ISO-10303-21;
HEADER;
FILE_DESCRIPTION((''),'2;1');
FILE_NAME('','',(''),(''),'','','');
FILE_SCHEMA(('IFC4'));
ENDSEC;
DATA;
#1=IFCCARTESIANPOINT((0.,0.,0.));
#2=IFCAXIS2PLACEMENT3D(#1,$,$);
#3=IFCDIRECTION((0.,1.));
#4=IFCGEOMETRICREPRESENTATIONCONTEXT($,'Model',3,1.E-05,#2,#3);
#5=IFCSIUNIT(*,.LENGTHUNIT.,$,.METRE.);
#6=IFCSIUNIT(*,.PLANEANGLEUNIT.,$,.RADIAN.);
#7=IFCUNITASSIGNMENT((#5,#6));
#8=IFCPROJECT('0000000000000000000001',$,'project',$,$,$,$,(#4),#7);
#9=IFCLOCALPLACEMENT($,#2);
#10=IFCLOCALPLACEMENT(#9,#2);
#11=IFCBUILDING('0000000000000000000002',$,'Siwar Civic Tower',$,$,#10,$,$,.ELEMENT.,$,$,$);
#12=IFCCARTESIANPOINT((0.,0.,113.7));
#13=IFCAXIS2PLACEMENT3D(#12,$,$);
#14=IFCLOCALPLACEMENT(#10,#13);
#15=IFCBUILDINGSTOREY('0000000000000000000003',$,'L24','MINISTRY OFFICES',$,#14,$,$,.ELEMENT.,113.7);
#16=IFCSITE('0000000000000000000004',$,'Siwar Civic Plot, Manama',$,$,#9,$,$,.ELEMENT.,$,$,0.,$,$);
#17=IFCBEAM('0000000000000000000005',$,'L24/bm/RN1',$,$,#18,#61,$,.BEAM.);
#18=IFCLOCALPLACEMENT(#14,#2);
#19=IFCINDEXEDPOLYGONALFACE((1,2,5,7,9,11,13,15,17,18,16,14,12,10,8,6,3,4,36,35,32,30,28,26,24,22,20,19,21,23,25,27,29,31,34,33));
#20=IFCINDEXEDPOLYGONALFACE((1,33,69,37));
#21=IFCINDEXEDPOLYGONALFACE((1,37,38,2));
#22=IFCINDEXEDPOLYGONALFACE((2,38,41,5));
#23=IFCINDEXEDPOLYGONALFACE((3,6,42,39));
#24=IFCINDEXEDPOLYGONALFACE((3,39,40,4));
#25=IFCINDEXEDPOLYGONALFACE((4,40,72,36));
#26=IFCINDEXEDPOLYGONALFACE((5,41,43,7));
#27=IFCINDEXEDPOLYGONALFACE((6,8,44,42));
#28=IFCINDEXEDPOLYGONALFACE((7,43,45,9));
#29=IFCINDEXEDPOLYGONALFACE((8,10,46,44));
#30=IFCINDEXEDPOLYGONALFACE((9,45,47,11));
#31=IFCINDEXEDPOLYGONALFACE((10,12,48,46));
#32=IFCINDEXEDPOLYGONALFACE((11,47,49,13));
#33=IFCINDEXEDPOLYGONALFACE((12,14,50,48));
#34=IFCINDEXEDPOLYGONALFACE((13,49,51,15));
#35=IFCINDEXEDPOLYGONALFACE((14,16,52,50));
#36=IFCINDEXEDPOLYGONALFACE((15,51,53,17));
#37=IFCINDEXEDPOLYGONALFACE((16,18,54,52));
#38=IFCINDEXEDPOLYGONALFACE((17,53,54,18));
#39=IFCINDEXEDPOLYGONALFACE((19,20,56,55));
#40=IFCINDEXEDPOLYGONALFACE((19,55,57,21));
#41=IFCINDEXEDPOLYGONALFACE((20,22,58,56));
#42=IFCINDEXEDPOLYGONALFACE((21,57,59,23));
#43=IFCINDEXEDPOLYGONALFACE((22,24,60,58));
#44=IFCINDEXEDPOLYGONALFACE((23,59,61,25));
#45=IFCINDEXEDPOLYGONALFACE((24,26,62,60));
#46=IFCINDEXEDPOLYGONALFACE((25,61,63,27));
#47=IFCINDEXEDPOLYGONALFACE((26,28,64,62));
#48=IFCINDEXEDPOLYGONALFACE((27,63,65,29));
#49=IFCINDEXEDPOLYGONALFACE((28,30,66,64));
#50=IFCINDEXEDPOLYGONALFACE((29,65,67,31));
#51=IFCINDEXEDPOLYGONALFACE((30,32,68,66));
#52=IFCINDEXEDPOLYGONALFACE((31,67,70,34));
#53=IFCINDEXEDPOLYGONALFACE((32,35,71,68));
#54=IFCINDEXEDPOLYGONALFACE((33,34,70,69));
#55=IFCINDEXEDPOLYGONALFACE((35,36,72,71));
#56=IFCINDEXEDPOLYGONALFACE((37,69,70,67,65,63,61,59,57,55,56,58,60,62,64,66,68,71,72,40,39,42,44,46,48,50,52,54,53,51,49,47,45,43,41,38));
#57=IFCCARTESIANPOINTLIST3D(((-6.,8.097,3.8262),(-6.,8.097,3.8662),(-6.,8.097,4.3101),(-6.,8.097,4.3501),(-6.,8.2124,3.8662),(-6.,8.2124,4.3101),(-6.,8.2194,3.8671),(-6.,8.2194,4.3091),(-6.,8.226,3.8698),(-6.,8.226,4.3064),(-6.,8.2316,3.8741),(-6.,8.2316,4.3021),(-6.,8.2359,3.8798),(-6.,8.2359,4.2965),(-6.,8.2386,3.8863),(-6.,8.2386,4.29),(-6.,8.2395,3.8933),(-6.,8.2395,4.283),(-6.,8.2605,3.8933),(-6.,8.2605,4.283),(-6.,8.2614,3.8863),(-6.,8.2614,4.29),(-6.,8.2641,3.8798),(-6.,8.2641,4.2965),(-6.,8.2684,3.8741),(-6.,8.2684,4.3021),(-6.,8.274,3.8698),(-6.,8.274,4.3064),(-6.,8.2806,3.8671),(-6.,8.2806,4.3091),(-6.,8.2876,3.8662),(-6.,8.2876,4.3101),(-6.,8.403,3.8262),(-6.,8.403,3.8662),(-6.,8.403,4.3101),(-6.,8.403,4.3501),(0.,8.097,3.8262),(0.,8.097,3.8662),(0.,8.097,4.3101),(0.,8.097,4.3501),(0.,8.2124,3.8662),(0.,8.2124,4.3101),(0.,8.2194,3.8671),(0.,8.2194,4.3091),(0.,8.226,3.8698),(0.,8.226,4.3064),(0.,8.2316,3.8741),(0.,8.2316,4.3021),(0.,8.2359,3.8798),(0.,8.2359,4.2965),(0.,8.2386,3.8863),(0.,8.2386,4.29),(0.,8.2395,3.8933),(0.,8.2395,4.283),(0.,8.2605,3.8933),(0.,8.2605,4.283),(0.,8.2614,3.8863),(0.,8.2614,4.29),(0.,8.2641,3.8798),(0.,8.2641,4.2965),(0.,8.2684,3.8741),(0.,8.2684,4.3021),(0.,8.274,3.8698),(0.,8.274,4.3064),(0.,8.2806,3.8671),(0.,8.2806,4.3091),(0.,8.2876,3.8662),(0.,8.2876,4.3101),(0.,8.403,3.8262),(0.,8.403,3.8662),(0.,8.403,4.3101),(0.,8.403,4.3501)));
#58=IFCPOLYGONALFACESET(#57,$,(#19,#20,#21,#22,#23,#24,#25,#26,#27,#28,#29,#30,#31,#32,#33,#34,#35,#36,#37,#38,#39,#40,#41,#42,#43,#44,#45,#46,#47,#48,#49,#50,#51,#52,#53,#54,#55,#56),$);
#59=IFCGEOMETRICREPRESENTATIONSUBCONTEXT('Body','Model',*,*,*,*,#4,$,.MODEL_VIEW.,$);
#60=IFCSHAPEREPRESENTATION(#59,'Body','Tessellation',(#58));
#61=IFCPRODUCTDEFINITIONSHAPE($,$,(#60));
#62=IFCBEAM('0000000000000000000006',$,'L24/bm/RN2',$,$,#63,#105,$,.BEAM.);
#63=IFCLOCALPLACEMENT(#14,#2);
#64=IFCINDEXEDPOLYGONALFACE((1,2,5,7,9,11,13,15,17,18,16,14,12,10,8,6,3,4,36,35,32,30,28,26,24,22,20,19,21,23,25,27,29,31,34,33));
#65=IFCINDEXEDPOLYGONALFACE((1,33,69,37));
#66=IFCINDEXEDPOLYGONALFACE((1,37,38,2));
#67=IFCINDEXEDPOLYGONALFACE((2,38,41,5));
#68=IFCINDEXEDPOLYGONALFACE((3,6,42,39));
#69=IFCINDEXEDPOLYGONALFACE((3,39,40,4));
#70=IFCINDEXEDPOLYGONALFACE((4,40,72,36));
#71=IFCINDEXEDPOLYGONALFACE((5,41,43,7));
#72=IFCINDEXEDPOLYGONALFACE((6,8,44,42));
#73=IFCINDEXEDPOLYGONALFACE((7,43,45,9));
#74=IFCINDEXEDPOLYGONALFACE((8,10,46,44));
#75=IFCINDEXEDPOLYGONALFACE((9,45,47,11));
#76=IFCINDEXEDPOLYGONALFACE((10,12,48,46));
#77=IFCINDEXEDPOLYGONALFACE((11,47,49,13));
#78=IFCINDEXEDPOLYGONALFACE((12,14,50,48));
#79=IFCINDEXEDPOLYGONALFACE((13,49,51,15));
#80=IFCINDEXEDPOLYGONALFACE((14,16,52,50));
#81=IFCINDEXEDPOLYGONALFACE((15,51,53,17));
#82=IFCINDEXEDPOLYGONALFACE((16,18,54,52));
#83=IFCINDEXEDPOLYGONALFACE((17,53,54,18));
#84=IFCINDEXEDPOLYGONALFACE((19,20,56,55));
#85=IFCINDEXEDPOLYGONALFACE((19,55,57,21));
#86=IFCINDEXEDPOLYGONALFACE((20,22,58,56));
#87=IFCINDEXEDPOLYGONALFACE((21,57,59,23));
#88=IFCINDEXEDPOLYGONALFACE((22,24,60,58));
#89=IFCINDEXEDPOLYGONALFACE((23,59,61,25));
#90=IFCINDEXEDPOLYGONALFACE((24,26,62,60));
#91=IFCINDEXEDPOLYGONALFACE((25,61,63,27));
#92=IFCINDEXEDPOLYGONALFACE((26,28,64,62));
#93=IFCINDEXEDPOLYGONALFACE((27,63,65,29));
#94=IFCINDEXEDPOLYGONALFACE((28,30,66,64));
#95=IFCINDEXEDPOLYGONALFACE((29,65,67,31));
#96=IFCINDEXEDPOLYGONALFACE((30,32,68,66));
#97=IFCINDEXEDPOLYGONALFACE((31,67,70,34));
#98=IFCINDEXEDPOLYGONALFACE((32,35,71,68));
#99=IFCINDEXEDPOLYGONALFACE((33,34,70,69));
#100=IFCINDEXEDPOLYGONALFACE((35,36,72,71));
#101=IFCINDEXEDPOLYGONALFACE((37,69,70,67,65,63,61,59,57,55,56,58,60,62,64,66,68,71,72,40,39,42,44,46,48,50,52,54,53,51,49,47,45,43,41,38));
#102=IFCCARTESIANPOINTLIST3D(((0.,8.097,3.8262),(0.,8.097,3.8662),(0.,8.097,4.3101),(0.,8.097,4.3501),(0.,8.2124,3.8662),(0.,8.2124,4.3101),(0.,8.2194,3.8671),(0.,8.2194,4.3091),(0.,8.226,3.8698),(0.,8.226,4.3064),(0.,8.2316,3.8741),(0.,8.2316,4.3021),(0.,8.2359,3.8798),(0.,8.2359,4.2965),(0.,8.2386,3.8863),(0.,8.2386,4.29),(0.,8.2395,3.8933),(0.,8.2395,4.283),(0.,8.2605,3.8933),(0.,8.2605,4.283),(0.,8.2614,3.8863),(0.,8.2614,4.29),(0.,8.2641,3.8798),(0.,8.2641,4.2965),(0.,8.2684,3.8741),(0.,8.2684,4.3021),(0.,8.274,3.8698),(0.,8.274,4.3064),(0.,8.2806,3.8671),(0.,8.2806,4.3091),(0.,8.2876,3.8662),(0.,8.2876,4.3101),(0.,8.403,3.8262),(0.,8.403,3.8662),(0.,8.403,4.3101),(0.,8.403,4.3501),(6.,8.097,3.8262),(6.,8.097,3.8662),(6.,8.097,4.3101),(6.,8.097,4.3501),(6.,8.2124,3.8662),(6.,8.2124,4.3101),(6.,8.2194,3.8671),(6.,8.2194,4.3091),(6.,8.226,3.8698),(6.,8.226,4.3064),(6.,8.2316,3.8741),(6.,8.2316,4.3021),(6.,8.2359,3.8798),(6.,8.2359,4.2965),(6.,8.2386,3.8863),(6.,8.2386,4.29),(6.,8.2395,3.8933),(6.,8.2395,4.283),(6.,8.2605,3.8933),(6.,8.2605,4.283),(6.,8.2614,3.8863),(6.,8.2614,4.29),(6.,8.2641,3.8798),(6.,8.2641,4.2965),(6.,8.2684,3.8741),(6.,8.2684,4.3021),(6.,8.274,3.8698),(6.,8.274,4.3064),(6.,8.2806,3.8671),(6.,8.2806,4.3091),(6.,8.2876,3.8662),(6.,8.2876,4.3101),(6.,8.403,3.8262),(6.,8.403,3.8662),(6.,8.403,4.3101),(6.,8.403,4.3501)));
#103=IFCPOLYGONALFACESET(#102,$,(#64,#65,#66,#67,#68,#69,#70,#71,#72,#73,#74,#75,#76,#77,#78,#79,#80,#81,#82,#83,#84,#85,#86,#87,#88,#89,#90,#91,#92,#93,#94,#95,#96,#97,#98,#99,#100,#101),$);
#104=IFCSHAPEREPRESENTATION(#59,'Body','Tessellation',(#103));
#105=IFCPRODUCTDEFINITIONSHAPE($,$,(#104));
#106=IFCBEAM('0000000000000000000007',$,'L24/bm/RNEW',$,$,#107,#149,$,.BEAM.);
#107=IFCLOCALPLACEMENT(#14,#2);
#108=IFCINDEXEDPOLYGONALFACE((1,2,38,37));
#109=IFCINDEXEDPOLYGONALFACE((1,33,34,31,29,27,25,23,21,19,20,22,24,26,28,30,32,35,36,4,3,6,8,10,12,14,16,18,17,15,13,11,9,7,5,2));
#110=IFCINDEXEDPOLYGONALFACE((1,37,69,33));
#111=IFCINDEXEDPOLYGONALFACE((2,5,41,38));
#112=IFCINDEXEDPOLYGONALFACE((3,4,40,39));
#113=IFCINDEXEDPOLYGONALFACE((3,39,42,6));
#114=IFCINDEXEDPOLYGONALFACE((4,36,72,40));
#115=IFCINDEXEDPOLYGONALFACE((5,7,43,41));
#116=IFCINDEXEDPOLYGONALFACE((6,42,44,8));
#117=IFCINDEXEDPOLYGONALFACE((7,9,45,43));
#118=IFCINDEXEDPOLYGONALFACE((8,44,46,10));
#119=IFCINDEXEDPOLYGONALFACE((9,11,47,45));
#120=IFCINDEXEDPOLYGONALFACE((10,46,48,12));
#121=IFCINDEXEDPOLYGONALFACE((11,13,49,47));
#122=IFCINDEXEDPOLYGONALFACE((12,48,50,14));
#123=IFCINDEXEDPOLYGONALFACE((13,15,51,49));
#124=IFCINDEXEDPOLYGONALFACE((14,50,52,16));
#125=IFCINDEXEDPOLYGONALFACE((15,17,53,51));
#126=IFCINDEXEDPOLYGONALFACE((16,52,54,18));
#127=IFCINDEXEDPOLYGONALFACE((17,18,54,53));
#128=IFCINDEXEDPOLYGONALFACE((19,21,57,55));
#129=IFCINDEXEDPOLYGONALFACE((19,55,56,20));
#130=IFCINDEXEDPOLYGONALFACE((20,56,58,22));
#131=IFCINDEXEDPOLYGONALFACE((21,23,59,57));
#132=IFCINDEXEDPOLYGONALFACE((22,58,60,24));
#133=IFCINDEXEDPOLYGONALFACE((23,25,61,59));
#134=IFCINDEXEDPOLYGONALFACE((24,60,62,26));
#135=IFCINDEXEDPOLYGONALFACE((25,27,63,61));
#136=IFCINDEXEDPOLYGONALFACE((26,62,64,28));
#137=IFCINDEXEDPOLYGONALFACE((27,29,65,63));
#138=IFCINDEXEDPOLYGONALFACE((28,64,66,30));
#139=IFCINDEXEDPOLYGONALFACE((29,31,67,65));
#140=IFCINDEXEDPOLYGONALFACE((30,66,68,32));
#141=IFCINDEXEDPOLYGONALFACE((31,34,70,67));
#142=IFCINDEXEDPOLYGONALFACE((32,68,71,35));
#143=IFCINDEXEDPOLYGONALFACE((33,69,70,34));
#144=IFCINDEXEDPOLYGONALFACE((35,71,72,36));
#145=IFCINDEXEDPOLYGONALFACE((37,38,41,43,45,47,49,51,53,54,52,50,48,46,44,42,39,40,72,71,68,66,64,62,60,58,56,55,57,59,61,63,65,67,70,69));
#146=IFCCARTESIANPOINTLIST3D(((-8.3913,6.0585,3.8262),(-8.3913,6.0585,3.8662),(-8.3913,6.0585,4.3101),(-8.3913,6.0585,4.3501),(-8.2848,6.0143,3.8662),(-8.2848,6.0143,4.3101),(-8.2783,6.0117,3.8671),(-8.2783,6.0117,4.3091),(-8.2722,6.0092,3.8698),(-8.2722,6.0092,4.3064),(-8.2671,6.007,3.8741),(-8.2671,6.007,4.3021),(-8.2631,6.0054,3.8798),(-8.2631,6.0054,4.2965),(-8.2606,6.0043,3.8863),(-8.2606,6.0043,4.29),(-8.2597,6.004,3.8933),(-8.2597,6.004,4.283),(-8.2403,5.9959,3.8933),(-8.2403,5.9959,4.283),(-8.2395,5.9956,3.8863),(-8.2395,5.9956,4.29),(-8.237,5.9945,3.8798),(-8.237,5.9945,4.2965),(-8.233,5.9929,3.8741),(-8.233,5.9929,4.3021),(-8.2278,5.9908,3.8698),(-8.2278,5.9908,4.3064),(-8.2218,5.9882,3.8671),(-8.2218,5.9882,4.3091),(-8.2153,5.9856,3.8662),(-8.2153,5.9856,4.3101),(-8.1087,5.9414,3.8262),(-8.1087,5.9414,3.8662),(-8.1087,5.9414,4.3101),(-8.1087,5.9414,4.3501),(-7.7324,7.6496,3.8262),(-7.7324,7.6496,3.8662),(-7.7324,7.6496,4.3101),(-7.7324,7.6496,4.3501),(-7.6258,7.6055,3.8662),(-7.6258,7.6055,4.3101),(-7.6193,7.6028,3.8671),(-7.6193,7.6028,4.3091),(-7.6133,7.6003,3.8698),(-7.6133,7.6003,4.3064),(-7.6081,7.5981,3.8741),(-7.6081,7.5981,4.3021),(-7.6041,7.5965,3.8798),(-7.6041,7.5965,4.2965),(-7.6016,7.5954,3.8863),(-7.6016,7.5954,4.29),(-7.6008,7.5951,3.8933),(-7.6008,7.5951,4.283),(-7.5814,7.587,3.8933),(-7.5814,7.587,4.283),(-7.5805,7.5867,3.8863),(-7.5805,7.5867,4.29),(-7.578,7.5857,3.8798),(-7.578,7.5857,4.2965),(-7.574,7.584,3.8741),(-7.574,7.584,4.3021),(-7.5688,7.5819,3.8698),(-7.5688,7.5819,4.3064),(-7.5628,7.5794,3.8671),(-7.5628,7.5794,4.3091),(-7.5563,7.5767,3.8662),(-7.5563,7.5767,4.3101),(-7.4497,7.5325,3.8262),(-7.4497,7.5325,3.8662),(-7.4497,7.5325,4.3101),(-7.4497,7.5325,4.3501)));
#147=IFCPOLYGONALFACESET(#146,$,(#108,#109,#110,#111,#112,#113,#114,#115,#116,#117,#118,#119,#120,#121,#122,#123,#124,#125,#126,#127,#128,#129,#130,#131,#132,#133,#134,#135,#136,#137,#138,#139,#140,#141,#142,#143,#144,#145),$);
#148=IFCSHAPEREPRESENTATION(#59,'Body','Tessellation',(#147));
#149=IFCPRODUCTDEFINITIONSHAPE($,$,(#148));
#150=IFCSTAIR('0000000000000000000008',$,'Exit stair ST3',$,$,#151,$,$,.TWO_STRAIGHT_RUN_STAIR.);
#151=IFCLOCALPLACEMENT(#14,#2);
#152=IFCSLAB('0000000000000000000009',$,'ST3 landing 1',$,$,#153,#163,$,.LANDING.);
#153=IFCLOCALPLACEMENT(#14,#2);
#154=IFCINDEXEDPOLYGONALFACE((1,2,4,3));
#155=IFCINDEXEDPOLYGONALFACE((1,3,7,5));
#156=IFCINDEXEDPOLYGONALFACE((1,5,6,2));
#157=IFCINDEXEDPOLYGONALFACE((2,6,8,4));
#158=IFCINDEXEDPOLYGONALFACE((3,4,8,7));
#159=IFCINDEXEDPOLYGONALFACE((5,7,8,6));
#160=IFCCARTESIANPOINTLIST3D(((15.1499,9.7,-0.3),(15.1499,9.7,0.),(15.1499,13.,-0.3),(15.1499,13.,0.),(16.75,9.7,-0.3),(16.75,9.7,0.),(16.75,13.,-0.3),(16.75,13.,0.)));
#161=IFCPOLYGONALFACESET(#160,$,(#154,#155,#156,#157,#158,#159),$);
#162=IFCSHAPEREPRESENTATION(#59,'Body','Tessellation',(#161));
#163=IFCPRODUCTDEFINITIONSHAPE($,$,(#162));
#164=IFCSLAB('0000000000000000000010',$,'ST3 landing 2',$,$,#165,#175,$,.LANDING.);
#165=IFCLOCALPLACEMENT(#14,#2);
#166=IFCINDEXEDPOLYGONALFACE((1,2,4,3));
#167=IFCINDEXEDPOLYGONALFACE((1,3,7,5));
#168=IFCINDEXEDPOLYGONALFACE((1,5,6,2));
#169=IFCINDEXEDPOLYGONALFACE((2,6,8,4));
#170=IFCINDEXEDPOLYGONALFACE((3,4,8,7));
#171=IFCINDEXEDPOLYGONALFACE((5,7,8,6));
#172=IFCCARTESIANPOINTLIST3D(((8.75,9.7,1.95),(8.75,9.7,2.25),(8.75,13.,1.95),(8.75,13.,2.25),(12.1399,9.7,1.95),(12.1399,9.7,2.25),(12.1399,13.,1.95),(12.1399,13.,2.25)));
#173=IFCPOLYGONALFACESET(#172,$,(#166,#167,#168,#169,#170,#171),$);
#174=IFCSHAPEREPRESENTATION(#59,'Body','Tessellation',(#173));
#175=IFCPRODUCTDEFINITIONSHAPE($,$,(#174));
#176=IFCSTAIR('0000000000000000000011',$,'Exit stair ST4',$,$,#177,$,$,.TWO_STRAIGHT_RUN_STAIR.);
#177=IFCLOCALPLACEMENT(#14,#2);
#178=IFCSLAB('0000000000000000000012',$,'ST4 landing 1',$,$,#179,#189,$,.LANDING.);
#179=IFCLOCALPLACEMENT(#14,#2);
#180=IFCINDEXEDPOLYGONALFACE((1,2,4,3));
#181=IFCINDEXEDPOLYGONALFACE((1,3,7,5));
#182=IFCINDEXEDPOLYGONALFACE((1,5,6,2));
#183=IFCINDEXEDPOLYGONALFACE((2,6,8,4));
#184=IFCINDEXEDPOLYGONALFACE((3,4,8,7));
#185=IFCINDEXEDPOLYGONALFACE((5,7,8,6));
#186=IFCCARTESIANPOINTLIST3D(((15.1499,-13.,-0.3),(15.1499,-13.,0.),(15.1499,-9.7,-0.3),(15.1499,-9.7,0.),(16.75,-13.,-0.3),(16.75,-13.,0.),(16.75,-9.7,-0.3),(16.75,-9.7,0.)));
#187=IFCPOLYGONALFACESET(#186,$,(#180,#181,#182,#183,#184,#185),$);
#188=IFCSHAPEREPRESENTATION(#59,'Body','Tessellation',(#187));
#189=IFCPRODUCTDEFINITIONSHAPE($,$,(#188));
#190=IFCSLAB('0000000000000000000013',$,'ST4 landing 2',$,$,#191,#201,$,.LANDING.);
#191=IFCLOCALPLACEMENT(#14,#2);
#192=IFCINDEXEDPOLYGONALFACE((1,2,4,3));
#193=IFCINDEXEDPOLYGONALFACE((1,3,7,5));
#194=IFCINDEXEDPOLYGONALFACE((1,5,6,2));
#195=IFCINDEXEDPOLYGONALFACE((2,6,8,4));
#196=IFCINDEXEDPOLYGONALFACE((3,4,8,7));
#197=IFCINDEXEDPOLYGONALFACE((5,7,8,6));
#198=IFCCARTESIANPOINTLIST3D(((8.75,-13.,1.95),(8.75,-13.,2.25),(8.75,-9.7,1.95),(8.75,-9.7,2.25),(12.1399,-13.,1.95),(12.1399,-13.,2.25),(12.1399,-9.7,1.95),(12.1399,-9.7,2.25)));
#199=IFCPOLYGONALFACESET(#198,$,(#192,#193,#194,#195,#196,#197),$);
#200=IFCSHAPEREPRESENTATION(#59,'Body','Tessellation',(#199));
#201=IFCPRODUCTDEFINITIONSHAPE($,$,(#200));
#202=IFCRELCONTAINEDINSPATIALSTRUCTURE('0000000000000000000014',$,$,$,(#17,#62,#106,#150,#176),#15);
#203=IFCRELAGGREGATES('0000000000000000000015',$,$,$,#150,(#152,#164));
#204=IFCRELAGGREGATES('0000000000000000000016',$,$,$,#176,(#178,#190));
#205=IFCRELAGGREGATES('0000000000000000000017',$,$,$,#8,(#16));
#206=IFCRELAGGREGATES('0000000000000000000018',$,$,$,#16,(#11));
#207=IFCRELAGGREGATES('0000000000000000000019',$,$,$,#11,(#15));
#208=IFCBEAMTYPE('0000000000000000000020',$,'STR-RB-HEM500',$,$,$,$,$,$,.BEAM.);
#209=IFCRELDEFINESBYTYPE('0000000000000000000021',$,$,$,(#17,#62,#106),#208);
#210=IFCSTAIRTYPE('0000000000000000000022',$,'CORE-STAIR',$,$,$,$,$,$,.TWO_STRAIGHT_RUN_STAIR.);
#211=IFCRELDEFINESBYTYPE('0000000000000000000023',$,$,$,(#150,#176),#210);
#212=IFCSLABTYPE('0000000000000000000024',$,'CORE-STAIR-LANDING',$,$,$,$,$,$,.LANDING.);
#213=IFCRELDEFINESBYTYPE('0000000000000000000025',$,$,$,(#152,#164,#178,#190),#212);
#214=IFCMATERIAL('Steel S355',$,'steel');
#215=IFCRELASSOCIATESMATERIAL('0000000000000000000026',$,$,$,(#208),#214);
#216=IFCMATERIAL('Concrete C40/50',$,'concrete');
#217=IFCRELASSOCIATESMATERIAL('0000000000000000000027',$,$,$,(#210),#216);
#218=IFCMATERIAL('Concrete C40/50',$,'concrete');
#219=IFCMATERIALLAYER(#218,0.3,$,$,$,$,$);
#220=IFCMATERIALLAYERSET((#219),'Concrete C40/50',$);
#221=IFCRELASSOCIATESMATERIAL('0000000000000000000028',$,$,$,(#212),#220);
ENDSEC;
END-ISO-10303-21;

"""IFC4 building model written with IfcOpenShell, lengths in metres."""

from ifc_helpers import new_model, si_unit, direction, frame, origin, origin_2d, place, context, subcontext, project, spatial, polyline, i_section, outline, extrude, material, layer, layer_set, material_profile, profile_set, type_object, element, aggregate, save


model = new_model("IFC4")

# Units and contexts
model_context = context("Model", 3, precision=1e-05, world=origin(), true_north=direction((0.0, 1.0)))
body_context = subcontext(model_context, "Body", "Model", "MODEL_VIEW")
ifc_project = project(units=[si_unit("LENGTHUNIT", "METRE"), si_unit("PLANEANGLEUNIT", "RADIAN")], contexts=[model_context])

# Site, building, storey
site_placement = place(None, origin())
site = spatial("IfcSite", under=ifc_project, at=site_placement, Name="Siwar Civic Plot, Manama", CompositionType="ELEMENT", RefElevation=0.0)
building_placement = place(site_placement, origin())
building = spatial("IfcBuilding", under=site, at=building_placement, Name="Siwar Civic Tower", CompositionType="ELEMENT")
storey_placement = place(building_placement, frame((0.0, 0.0, 113.7)))
storey = spatial("IfcBuildingStorey", under=building, at=storey_placement, Name="L24", Description="MINISTRY OFFICES", CompositionType="ELEMENT", Elevation=113.7)

# Beams
ifc_material_1 = material(Name="Steel S355", Category="steel")
ifc_material_profile_1 = material_profile(ifc_material_1, i_section(OverallWidth=0.3059, OverallDepth=0.5239, WebThickness=0.021, FlangeThickness=0.04, FilletRadius=0.0271, at=origin_2d()), Name="HEM500")
ifc_profile_set_1 = profile_set([ifc_material_profile_1], Name="Steel S355")
beam_type_1 = type_object("IfcBeamType", Name="STR-RB-HEM500", PredefinedType="BEAM", material=ifc_profile_set_1)
for number, where, z_axis, x_axis, name in (
    (1, (-6.0, 8.25, 4.0881), (1.0, 0.0, 0.0), (0.0, 1.0, 0.0), "L24/bm/RN1"),
    (2, (0.0, 8.25, 4.0881), (1.0, 0.0, 0.0), (0.0, 1.0, 0.0), "L24/bm/RN2"),
):
    element("IfcBeam", number, at=place(storey_placement, frame(where, z_axis=z_axis, x_axis=x_axis)), inside=storey, type_object=beam_type_1, Name=name, PredefinedType="BEAM", context=body_context, shape_type="SweptSolid", body=[
        extrude(i_section(OverallWidth=0.3059, OverallDepth=0.5239, WebThickness=0.021, FlangeThickness=0.04, FilletRadius=0.0271, at=origin_2d()), origin(), (0.0, 0.0, 1.0), 6.0),
    ])
beam_1_placement = place(storey_placement, frame((-7.5911, 7.5911, 4.0881), z_axis=(-0.382631, -0.923901, 0.0), x_axis=(0.923901, -0.382631, 0.0)))
element("IfcBeam", 3, at=beam_1_placement, inside=storey, type_object=beam_type_1, Name="L24/bm/RNEW", PredefinedType="BEAM", context=body_context, shape_type="SweptSolid", body=[
    extrude(i_section(OverallWidth=0.3059, OverallDepth=0.5239, WebThickness=0.021, FlangeThickness=0.04, FilletRadius=0.0271, at=origin_2d()), origin(), (0.0, 0.0, 1.0), 1.7222),
])

# Stairs, slabs
ifc_material_2 = material(Name="Concrete C40/50", Category="concrete")
stair_type = type_object("IfcStairType", Name="CORE-STAIR", PredefinedType="TWO_STRAIGHT_RUN_STAIR", material=ifc_material_2)
stair_1_placement = place(storey_placement, origin())
stair_1 = element("IfcStair", 4, at=stair_1_placement, inside=storey, type_object=stair_type, Name="Exit stair ST3", PredefinedType="TWO_STRAIGHT_RUN_STAIR")
ifc_material_3 = material(Name="Concrete C40/50", Category="concrete")
ifc_layer_1 = layer(ifc_material_3, 0.3)
ifc_layer_set_1 = layer_set([ifc_layer_1], Name="Concrete C40/50")
slab_type_1 = type_object("IfcSlabType", Name="CORE-STAIR-LANDING", PredefinedType="LANDING", material=ifc_layer_set_1)
slab_1_placement = place(storey_placement, frame((0.0, 0.0, -0.3)))
slab_1 = element("IfcSlab", 5, at=slab_1_placement, type_object=slab_type_1, Name="ST3 landing 1", PredefinedType="LANDING", context=body_context, shape_type="SweptSolid", body=[
    extrude(outline(polyline([(15.1499, 9.7), (16.75, 9.7), (16.75, 13.0), (15.1499, 13.0), (15.1499, 9.7)])), origin(), (0.0, 0.0, 1.0), 0.3),
])
slab_2_placement = place(storey_placement, frame((0.0, 0.0, 1.95)))
slab_2 = element("IfcSlab", 6, at=slab_2_placement, type_object=slab_type_1, Name="ST3 landing 2", PredefinedType="LANDING", context=body_context, shape_type="SweptSolid", body=[
    extrude(outline(polyline([(8.75, 9.7), (12.1399, 9.7), (12.1399, 13.0), (8.75, 13.0), (8.75, 9.7)])), origin(), (0.0, 0.0, 1.0), 0.3),
])
aggregate(stair_1, [slab_1, slab_2])
stair_2_placement = place(storey_placement, origin())
stair_2 = element("IfcStair", 7, at=stair_2_placement, inside=storey, type_object=stair_type, Name="Exit stair ST4", PredefinedType="TWO_STRAIGHT_RUN_STAIR")
slab_3_placement = place(storey_placement, frame((0.0, 0.0, -0.3)))
slab_3 = element("IfcSlab", 8, at=slab_3_placement, type_object=slab_type_1, Name="ST4 landing 1", PredefinedType="LANDING", context=body_context, shape_type="SweptSolid", body=[
    extrude(outline(polyline([(15.1499, -13.0), (16.75, -13.0), (16.75, -9.7), (15.1499, -9.7), (15.1499, -13.0)])), origin(), (0.0, 0.0, 1.0), 0.3),
])
slab_4_placement = place(storey_placement, frame((0.0, 0.0, 1.95)))
slab_4 = element("IfcSlab", 9, at=slab_4_placement, type_object=slab_type_1, Name="ST4 landing 2", PredefinedType="LANDING", context=body_context, shape_type="SweptSolid", body=[
    extrude(outline(polyline([(8.75, -13.0), (12.1399, -13.0), (12.1399, -9.7), (8.75, -9.7), (8.75, -13.0)])), origin(), (0.0, 0.0, 1.0), 0.3),
])
aggregate(stair_2, [slab_3, slab_4])

save(model, "model.ifc")
